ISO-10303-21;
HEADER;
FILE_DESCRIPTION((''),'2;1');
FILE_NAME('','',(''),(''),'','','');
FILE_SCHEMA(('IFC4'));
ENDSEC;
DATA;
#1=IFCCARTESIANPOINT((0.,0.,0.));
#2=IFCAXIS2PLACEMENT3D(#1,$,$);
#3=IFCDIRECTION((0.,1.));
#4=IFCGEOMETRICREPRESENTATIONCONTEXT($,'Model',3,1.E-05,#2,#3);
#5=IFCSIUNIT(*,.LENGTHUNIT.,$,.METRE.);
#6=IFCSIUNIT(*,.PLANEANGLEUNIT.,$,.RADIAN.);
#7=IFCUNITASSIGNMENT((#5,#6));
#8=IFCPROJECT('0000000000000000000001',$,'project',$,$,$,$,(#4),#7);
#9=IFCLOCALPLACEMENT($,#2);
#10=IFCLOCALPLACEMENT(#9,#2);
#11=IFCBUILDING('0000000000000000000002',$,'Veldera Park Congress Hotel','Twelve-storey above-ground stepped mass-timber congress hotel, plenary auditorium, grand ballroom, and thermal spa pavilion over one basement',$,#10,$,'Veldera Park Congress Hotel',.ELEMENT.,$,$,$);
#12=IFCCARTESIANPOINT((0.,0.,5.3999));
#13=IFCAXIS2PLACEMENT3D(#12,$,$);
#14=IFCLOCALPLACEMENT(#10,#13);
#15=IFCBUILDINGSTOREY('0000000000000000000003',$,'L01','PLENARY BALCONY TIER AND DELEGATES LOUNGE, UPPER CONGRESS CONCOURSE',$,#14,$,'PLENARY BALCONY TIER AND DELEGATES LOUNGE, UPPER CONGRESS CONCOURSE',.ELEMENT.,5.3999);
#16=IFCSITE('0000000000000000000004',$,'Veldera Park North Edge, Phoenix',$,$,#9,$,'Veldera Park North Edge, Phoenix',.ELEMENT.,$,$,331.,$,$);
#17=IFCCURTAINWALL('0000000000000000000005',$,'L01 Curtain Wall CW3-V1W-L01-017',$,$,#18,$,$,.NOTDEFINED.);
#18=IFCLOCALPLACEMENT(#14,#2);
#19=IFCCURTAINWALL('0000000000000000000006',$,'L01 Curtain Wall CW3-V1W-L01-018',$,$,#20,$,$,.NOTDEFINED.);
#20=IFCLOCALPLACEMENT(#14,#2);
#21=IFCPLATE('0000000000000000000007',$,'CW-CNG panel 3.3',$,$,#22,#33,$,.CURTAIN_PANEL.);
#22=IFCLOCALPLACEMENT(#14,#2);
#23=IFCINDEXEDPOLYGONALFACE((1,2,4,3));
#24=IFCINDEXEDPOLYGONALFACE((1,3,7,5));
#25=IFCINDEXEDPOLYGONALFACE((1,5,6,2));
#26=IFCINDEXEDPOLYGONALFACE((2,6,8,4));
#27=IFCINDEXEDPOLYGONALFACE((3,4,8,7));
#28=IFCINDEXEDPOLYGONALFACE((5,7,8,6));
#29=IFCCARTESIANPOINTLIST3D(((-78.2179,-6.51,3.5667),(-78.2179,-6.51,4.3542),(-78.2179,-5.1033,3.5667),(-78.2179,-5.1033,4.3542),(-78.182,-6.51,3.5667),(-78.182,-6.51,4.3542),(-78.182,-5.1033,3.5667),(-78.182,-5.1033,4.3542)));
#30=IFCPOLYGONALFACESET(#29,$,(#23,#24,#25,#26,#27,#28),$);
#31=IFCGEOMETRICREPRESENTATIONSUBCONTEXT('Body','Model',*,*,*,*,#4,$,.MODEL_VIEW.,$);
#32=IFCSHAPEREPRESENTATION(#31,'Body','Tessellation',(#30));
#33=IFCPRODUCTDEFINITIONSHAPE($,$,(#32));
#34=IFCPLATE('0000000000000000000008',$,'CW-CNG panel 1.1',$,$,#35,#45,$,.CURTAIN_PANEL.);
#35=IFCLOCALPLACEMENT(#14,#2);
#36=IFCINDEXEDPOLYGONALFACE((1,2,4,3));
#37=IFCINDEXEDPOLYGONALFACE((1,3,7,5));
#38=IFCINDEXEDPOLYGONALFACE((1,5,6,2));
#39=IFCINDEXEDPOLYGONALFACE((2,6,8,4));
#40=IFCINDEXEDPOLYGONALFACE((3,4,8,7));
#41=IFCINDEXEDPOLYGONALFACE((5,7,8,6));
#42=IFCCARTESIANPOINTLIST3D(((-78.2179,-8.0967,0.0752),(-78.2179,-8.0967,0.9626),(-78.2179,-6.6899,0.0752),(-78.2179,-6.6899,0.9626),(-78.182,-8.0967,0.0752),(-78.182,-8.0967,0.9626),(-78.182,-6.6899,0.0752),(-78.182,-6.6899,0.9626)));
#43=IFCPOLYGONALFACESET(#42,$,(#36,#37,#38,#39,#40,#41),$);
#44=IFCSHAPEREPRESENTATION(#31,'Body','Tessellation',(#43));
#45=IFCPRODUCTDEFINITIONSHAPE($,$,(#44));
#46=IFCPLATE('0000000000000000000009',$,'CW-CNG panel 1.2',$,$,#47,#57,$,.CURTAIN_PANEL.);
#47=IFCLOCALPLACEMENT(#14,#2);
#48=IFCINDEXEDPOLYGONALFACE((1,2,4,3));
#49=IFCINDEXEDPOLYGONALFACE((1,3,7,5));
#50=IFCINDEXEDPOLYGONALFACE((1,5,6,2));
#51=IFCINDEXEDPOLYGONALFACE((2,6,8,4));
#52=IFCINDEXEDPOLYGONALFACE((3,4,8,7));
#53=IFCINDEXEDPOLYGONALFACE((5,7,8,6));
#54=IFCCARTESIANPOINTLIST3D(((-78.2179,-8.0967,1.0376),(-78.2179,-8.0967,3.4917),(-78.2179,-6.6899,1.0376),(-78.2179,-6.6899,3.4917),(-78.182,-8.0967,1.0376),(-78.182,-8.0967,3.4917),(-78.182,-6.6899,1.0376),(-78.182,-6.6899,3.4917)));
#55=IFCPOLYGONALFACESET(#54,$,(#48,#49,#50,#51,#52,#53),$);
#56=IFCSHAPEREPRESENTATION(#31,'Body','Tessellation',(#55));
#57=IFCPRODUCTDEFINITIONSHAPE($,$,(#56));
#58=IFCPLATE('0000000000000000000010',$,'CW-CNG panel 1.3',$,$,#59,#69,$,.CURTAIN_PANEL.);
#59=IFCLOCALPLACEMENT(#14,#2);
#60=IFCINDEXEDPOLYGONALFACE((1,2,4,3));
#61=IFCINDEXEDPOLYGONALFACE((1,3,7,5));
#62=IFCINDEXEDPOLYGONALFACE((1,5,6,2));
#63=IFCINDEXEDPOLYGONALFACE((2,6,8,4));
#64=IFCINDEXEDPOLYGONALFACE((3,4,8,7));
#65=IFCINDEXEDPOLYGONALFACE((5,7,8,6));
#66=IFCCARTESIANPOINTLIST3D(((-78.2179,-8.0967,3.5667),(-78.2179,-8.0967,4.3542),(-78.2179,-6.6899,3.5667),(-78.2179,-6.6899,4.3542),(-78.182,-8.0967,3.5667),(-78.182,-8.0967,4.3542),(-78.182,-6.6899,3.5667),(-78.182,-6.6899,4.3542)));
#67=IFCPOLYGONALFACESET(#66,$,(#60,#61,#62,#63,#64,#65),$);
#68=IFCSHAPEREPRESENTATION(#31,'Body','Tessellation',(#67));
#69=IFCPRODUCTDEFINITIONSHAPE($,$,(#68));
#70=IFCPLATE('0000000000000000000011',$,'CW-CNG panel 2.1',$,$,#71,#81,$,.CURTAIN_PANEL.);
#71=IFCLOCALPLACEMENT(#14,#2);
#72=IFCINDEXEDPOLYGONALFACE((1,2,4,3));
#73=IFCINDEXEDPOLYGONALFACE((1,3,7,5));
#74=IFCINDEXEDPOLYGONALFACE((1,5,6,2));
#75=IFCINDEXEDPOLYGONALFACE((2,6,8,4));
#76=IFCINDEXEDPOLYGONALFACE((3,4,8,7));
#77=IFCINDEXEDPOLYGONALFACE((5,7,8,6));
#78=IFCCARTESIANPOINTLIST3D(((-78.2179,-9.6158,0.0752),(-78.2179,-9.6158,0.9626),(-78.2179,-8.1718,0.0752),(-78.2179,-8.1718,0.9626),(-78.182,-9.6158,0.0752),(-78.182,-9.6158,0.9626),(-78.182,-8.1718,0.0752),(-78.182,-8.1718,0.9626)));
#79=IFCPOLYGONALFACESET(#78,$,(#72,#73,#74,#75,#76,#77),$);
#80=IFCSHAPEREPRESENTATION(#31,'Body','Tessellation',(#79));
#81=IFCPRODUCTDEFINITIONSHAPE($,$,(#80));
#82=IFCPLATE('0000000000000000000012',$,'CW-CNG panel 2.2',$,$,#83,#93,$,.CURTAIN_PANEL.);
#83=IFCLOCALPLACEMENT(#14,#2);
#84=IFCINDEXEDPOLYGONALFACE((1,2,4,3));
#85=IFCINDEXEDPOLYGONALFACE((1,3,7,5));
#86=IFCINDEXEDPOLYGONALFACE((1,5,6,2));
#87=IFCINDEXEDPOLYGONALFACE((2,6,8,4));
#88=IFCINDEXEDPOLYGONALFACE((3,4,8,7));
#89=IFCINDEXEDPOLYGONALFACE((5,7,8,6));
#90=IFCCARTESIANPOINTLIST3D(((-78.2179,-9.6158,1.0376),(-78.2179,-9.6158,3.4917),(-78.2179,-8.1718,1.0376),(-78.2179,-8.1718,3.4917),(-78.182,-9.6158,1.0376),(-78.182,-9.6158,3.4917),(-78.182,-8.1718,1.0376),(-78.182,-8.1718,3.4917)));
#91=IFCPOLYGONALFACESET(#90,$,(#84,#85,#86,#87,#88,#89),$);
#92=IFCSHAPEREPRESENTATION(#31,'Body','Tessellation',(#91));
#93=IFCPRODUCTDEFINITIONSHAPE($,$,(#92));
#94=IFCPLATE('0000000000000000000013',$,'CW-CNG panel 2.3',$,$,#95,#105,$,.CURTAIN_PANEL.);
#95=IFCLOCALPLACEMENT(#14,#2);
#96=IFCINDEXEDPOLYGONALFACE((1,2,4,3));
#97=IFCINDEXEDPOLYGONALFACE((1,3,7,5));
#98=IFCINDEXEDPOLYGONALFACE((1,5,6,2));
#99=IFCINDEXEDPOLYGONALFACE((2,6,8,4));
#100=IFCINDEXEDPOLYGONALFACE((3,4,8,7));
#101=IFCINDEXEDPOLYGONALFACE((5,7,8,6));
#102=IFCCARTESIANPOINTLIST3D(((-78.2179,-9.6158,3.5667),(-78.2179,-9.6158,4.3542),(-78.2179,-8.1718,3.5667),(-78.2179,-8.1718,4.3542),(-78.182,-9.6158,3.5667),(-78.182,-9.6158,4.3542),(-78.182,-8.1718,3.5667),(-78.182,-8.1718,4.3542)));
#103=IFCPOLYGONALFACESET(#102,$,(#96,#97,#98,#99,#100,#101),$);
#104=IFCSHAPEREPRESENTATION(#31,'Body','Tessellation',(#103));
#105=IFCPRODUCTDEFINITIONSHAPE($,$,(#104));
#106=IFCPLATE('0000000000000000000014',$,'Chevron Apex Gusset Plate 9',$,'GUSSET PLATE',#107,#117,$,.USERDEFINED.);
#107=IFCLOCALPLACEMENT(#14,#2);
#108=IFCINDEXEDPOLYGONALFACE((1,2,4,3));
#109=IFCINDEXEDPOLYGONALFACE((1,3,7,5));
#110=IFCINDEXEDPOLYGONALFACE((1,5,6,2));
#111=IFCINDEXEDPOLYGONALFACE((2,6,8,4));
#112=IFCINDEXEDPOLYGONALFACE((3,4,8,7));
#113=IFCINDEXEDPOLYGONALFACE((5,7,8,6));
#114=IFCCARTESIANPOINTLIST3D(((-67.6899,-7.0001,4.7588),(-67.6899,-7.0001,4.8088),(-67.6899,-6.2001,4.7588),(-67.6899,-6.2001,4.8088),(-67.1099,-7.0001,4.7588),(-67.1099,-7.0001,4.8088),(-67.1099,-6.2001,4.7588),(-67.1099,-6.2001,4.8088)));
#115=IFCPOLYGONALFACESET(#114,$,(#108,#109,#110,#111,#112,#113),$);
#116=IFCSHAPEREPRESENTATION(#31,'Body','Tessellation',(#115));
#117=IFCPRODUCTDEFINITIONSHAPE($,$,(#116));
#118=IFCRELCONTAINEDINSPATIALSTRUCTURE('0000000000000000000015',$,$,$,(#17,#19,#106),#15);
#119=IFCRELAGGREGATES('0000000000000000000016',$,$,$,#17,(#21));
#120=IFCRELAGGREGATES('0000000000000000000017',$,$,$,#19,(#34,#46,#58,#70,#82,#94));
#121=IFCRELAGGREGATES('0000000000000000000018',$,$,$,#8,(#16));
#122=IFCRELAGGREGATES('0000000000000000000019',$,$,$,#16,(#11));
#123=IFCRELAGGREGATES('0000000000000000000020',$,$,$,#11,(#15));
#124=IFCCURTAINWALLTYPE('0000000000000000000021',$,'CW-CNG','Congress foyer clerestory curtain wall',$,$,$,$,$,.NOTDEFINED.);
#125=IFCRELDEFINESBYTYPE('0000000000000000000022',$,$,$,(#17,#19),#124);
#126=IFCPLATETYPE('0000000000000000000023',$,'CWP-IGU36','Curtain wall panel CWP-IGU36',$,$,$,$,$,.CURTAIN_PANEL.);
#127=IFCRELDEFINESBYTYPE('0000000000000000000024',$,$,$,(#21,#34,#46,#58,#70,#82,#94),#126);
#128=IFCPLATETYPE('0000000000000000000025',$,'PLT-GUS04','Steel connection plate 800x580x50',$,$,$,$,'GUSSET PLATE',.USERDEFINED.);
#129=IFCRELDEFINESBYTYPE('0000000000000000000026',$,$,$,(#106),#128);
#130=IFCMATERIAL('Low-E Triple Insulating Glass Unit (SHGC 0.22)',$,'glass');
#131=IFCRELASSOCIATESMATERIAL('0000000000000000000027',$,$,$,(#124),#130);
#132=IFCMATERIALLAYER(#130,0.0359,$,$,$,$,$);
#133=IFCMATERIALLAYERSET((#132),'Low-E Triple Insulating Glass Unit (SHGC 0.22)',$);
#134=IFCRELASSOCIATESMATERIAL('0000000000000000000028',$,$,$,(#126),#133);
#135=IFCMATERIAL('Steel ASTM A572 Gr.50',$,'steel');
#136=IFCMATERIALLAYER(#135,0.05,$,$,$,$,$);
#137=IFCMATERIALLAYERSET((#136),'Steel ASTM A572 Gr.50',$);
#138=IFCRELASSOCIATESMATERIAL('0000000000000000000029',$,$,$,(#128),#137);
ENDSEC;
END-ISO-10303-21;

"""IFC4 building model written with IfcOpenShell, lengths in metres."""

from ifc_helpers import new_model, si_unit, direction, frame, origin, origin_2d, place, context, subcontext, project, spatial, rectangle, extrude, material, layer, layer_set, type_object, element, aggregate, save


model = new_model("IFC4")

# Units and contexts
model_context = context("Model", 3, precision=1e-05, world=origin(), true_north=direction((0.0, 1.0)))
body_context = subcontext(model_context, "Body", "Model", "MODEL_VIEW")
ifc_project = project(units=[si_unit("LENGTHUNIT", "METRE"), si_unit("PLANEANGLEUNIT", "RADIAN")], contexts=[model_context])

# Site, building, storey
site_placement = place(None, origin())
site = spatial("IfcSite", under=ifc_project, at=site_placement, Name="Veldera Park North Edge, Phoenix", LongName="Veldera Park North Edge, Phoenix", CompositionType="ELEMENT", RefElevation=331.0)
building_placement = place(site_placement, origin())
building = spatial("IfcBuilding", under=site, at=building_placement, Name="Veldera Park Congress Hotel", Description="Twelve-storey above-ground stepped mass-timber congress hotel, plenary auditorium, grand ballroom, and thermal spa pavilion over one basement", LongName="Veldera Park Congress Hotel", CompositionType="ELEMENT")
storey_placement = place(building_placement, frame((0.0, 0.0, 5.3999)))
storey = spatial("IfcBuildingStorey", under=building, at=storey_placement, Name="L01", Description="PLENARY BALCONY TIER AND DELEGATES LOUNGE, UPPER CONGRESS CONCOURSE", LongName="PLENARY BALCONY TIER AND DELEGATES LOUNGE, UPPER CONGRESS CONCOURSE", CompositionType="ELEMENT", Elevation=5.3999)

# Curtain walls
ifc_material_1 = material(Name="Low-E Triple Insulating Glass Unit (SHGC 0.22)", Category="glass")
curtain_wall_type = type_object("IfcCurtainWallType", Name="CW-CNG", Description="Congress foyer clerestory curtain wall", PredefinedType="NOTDEFINED", material=ifc_material_1)
curtain_wall_1_placement = place(storey_placement, origin())
curtain_wall_1 = element("IfcCurtainWall", 1, at=curtain_wall_1_placement, inside=storey, type_object=curtain_wall_type, Name="L01 Curtain Wall CW3-V1W-L01-017", PredefinedType="NOTDEFINED")
curtain_wall_2_placement = place(storey_placement, origin())
curtain_wall_2 = element("IfcCurtainWall", 2, at=curtain_wall_2_placement, inside=storey, type_object=curtain_wall_type, Name="L01 Curtain Wall CW3-V1W-L01-018", PredefinedType="NOTDEFINED")

# Plates
ifc_layer_1 = layer(ifc_material_1, 0.0359)
ifc_layer_set_1 = layer_set([ifc_layer_1], Name="Low-E Triple Insulating Glass Unit (SHGC 0.22)")
plate_type_1 = type_object("IfcPlateType", Name="CWP-IGU36", Description="Curtain wall panel CWP-IGU36", PredefinedType="CURTAIN_PANEL", material=ifc_layer_set_1)
plate_1_placement = place(storey_placement, frame((-78.2, -5.8066, 3.5667), z_axis=(0.0, 0.0, 1.0), x_axis=(0.0, -1.0, 0.0)))
plate_1 = element("IfcPlate", 3, at=plate_1_placement, type_object=plate_type_1, Name="CW-CNG panel 3.3", PredefinedType="CURTAIN_PANEL", context=body_context, shape_type="SweptSolid", body=[
    extrude(rectangle(XDim=1.4067, YDim=0.0359, at=origin_2d()), origin(), (0.0, 0.0, 1.0), 0.7876),
])
aggregate(curtain_wall_1, [plate_1])
plate_2_placement = place(storey_placement, frame((-78.2, -7.3933, 0.0752), z_axis=(0.0, 0.0, 1.0), x_axis=(0.0, -1.0, 0.0)))
plate_2 = element("IfcPlate", 4, at=plate_2_placement, type_object=plate_type_1, Name="CW-CNG panel 1.1", PredefinedType="CURTAIN_PANEL", context=body_context, shape_type="SweptSolid", body=[
    extrude(rectangle(XDim=1.4067, YDim=0.0359, at=origin_2d()), origin(), (0.0, 0.0, 1.0), 0.8875),
])
plate_3_placement = place(storey_placement, frame((-78.2, -7.3933, 1.0376), z_axis=(0.0, 0.0, 1.0), x_axis=(0.0, -1.0, 0.0)))
plate_3 = element("IfcPlate", 5, at=plate_3_placement, type_object=plate_type_1, Name="CW-CNG panel 1.2", PredefinedType="CURTAIN_PANEL", context=body_context, shape_type="SweptSolid", body=[
    extrude(rectangle(XDim=1.4067, YDim=0.0359, at=origin_2d()), origin(), (0.0, 0.0, 1.0), 2.4541),
])
plate_4_placement = place(storey_placement, frame((-78.2, -7.3933, 3.5667), z_axis=(0.0, 0.0, 1.0), x_axis=(0.0, -1.0, 0.0)))
plate_4 = element("IfcPlate", 6, at=plate_4_placement, type_object=plate_type_1, Name="CW-CNG panel 1.3", PredefinedType="CURTAIN_PANEL", context=body_context, shape_type="SweptSolid", body=[
    extrude(rectangle(XDim=1.4067, YDim=0.0359, at=origin_2d()), origin(), (0.0, 0.0, 1.0), 0.7876),
])
plate_5_placement = place(storey_placement, frame((-78.2, -8.8938, 0.0752), z_axis=(0.0, 0.0, 1.0), x_axis=(0.0, -1.0, 0.0)))
plate_5 = element("IfcPlate", 7, at=plate_5_placement, type_object=plate_type_1, Name="CW-CNG panel 2.1", PredefinedType="CURTAIN_PANEL", context=body_context, shape_type="SweptSolid", body=[
    extrude(rectangle(XDim=1.4441, YDim=0.0359, at=origin_2d()), origin(), (0.0, 0.0, 1.0), 0.8875),
])
plate_6_placement = place(storey_placement, frame((-78.2, -8.8938, 1.0376), z_axis=(0.0, 0.0, 1.0), x_axis=(0.0, -1.0, 0.0)))
plate_6 = element("IfcPlate", 8, at=plate_6_placement, type_object=plate_type_1, Name="CW-CNG panel 2.2", PredefinedType="CURTAIN_PANEL", context=body_context, shape_type="SweptSolid", body=[
    extrude(rectangle(XDim=1.4441, YDim=0.0359, at=origin_2d()), origin(), (0.0, 0.0, 1.0), 2.4541),
])
plate_7_placement = place(storey_placement, frame((-78.2, -8.8938, 3.5667), z_axis=(0.0, 0.0, 1.0), x_axis=(0.0, -1.0, 0.0)))
plate_7 = element("IfcPlate", 9, at=plate_7_placement, type_object=plate_type_1, Name="CW-CNG panel 2.3", PredefinedType="CURTAIN_PANEL", context=body_context, shape_type="SweptSolid", body=[
    extrude(rectangle(XDim=1.4441, YDim=0.0359, at=origin_2d()), origin(), (0.0, 0.0, 1.0), 0.7876),
])
aggregate(curtain_wall_2, [plate_2, plate_3, plate_4, plate_5, plate_6, plate_7])
ifc_material_2 = material(Name="Steel ASTM A572 Gr.50", Category="steel")
ifc_layer_2 = layer(ifc_material_2, 0.05)
ifc_layer_set_2 = layer_set([ifc_layer_2], Name="Steel ASTM A572 Gr.50")
plate_type_2 = type_object("IfcPlateType", Name="PLT-GUS04", Description="Steel connection plate 800x580x50", ElementType="GUSSET PLATE", PredefinedType="USERDEFINED", material=ifc_layer_set_2)
plate_8_placement = place(storey_placement, frame((-67.3999, -6.6001, 4.7588), z_axis=(0.0, 0.0, 1.0), x_axis=(0.0, 1.0, 0.0)))
element("IfcPlate", 10, at=plate_8_placement, inside=storey, type_object=plate_type_2, Name="Chevron Apex Gusset Plate 9", ObjectType="GUSSET PLATE", PredefinedType="USERDEFINED", context=body_context, shape_type="SweptSolid", body=[
    extrude(rectangle(XDim=0.8, YDim=0.5801, at=origin_2d()), origin(), (0.0, 0.0, 1.0), 0.05),
])

save(model, "model.ifc")
